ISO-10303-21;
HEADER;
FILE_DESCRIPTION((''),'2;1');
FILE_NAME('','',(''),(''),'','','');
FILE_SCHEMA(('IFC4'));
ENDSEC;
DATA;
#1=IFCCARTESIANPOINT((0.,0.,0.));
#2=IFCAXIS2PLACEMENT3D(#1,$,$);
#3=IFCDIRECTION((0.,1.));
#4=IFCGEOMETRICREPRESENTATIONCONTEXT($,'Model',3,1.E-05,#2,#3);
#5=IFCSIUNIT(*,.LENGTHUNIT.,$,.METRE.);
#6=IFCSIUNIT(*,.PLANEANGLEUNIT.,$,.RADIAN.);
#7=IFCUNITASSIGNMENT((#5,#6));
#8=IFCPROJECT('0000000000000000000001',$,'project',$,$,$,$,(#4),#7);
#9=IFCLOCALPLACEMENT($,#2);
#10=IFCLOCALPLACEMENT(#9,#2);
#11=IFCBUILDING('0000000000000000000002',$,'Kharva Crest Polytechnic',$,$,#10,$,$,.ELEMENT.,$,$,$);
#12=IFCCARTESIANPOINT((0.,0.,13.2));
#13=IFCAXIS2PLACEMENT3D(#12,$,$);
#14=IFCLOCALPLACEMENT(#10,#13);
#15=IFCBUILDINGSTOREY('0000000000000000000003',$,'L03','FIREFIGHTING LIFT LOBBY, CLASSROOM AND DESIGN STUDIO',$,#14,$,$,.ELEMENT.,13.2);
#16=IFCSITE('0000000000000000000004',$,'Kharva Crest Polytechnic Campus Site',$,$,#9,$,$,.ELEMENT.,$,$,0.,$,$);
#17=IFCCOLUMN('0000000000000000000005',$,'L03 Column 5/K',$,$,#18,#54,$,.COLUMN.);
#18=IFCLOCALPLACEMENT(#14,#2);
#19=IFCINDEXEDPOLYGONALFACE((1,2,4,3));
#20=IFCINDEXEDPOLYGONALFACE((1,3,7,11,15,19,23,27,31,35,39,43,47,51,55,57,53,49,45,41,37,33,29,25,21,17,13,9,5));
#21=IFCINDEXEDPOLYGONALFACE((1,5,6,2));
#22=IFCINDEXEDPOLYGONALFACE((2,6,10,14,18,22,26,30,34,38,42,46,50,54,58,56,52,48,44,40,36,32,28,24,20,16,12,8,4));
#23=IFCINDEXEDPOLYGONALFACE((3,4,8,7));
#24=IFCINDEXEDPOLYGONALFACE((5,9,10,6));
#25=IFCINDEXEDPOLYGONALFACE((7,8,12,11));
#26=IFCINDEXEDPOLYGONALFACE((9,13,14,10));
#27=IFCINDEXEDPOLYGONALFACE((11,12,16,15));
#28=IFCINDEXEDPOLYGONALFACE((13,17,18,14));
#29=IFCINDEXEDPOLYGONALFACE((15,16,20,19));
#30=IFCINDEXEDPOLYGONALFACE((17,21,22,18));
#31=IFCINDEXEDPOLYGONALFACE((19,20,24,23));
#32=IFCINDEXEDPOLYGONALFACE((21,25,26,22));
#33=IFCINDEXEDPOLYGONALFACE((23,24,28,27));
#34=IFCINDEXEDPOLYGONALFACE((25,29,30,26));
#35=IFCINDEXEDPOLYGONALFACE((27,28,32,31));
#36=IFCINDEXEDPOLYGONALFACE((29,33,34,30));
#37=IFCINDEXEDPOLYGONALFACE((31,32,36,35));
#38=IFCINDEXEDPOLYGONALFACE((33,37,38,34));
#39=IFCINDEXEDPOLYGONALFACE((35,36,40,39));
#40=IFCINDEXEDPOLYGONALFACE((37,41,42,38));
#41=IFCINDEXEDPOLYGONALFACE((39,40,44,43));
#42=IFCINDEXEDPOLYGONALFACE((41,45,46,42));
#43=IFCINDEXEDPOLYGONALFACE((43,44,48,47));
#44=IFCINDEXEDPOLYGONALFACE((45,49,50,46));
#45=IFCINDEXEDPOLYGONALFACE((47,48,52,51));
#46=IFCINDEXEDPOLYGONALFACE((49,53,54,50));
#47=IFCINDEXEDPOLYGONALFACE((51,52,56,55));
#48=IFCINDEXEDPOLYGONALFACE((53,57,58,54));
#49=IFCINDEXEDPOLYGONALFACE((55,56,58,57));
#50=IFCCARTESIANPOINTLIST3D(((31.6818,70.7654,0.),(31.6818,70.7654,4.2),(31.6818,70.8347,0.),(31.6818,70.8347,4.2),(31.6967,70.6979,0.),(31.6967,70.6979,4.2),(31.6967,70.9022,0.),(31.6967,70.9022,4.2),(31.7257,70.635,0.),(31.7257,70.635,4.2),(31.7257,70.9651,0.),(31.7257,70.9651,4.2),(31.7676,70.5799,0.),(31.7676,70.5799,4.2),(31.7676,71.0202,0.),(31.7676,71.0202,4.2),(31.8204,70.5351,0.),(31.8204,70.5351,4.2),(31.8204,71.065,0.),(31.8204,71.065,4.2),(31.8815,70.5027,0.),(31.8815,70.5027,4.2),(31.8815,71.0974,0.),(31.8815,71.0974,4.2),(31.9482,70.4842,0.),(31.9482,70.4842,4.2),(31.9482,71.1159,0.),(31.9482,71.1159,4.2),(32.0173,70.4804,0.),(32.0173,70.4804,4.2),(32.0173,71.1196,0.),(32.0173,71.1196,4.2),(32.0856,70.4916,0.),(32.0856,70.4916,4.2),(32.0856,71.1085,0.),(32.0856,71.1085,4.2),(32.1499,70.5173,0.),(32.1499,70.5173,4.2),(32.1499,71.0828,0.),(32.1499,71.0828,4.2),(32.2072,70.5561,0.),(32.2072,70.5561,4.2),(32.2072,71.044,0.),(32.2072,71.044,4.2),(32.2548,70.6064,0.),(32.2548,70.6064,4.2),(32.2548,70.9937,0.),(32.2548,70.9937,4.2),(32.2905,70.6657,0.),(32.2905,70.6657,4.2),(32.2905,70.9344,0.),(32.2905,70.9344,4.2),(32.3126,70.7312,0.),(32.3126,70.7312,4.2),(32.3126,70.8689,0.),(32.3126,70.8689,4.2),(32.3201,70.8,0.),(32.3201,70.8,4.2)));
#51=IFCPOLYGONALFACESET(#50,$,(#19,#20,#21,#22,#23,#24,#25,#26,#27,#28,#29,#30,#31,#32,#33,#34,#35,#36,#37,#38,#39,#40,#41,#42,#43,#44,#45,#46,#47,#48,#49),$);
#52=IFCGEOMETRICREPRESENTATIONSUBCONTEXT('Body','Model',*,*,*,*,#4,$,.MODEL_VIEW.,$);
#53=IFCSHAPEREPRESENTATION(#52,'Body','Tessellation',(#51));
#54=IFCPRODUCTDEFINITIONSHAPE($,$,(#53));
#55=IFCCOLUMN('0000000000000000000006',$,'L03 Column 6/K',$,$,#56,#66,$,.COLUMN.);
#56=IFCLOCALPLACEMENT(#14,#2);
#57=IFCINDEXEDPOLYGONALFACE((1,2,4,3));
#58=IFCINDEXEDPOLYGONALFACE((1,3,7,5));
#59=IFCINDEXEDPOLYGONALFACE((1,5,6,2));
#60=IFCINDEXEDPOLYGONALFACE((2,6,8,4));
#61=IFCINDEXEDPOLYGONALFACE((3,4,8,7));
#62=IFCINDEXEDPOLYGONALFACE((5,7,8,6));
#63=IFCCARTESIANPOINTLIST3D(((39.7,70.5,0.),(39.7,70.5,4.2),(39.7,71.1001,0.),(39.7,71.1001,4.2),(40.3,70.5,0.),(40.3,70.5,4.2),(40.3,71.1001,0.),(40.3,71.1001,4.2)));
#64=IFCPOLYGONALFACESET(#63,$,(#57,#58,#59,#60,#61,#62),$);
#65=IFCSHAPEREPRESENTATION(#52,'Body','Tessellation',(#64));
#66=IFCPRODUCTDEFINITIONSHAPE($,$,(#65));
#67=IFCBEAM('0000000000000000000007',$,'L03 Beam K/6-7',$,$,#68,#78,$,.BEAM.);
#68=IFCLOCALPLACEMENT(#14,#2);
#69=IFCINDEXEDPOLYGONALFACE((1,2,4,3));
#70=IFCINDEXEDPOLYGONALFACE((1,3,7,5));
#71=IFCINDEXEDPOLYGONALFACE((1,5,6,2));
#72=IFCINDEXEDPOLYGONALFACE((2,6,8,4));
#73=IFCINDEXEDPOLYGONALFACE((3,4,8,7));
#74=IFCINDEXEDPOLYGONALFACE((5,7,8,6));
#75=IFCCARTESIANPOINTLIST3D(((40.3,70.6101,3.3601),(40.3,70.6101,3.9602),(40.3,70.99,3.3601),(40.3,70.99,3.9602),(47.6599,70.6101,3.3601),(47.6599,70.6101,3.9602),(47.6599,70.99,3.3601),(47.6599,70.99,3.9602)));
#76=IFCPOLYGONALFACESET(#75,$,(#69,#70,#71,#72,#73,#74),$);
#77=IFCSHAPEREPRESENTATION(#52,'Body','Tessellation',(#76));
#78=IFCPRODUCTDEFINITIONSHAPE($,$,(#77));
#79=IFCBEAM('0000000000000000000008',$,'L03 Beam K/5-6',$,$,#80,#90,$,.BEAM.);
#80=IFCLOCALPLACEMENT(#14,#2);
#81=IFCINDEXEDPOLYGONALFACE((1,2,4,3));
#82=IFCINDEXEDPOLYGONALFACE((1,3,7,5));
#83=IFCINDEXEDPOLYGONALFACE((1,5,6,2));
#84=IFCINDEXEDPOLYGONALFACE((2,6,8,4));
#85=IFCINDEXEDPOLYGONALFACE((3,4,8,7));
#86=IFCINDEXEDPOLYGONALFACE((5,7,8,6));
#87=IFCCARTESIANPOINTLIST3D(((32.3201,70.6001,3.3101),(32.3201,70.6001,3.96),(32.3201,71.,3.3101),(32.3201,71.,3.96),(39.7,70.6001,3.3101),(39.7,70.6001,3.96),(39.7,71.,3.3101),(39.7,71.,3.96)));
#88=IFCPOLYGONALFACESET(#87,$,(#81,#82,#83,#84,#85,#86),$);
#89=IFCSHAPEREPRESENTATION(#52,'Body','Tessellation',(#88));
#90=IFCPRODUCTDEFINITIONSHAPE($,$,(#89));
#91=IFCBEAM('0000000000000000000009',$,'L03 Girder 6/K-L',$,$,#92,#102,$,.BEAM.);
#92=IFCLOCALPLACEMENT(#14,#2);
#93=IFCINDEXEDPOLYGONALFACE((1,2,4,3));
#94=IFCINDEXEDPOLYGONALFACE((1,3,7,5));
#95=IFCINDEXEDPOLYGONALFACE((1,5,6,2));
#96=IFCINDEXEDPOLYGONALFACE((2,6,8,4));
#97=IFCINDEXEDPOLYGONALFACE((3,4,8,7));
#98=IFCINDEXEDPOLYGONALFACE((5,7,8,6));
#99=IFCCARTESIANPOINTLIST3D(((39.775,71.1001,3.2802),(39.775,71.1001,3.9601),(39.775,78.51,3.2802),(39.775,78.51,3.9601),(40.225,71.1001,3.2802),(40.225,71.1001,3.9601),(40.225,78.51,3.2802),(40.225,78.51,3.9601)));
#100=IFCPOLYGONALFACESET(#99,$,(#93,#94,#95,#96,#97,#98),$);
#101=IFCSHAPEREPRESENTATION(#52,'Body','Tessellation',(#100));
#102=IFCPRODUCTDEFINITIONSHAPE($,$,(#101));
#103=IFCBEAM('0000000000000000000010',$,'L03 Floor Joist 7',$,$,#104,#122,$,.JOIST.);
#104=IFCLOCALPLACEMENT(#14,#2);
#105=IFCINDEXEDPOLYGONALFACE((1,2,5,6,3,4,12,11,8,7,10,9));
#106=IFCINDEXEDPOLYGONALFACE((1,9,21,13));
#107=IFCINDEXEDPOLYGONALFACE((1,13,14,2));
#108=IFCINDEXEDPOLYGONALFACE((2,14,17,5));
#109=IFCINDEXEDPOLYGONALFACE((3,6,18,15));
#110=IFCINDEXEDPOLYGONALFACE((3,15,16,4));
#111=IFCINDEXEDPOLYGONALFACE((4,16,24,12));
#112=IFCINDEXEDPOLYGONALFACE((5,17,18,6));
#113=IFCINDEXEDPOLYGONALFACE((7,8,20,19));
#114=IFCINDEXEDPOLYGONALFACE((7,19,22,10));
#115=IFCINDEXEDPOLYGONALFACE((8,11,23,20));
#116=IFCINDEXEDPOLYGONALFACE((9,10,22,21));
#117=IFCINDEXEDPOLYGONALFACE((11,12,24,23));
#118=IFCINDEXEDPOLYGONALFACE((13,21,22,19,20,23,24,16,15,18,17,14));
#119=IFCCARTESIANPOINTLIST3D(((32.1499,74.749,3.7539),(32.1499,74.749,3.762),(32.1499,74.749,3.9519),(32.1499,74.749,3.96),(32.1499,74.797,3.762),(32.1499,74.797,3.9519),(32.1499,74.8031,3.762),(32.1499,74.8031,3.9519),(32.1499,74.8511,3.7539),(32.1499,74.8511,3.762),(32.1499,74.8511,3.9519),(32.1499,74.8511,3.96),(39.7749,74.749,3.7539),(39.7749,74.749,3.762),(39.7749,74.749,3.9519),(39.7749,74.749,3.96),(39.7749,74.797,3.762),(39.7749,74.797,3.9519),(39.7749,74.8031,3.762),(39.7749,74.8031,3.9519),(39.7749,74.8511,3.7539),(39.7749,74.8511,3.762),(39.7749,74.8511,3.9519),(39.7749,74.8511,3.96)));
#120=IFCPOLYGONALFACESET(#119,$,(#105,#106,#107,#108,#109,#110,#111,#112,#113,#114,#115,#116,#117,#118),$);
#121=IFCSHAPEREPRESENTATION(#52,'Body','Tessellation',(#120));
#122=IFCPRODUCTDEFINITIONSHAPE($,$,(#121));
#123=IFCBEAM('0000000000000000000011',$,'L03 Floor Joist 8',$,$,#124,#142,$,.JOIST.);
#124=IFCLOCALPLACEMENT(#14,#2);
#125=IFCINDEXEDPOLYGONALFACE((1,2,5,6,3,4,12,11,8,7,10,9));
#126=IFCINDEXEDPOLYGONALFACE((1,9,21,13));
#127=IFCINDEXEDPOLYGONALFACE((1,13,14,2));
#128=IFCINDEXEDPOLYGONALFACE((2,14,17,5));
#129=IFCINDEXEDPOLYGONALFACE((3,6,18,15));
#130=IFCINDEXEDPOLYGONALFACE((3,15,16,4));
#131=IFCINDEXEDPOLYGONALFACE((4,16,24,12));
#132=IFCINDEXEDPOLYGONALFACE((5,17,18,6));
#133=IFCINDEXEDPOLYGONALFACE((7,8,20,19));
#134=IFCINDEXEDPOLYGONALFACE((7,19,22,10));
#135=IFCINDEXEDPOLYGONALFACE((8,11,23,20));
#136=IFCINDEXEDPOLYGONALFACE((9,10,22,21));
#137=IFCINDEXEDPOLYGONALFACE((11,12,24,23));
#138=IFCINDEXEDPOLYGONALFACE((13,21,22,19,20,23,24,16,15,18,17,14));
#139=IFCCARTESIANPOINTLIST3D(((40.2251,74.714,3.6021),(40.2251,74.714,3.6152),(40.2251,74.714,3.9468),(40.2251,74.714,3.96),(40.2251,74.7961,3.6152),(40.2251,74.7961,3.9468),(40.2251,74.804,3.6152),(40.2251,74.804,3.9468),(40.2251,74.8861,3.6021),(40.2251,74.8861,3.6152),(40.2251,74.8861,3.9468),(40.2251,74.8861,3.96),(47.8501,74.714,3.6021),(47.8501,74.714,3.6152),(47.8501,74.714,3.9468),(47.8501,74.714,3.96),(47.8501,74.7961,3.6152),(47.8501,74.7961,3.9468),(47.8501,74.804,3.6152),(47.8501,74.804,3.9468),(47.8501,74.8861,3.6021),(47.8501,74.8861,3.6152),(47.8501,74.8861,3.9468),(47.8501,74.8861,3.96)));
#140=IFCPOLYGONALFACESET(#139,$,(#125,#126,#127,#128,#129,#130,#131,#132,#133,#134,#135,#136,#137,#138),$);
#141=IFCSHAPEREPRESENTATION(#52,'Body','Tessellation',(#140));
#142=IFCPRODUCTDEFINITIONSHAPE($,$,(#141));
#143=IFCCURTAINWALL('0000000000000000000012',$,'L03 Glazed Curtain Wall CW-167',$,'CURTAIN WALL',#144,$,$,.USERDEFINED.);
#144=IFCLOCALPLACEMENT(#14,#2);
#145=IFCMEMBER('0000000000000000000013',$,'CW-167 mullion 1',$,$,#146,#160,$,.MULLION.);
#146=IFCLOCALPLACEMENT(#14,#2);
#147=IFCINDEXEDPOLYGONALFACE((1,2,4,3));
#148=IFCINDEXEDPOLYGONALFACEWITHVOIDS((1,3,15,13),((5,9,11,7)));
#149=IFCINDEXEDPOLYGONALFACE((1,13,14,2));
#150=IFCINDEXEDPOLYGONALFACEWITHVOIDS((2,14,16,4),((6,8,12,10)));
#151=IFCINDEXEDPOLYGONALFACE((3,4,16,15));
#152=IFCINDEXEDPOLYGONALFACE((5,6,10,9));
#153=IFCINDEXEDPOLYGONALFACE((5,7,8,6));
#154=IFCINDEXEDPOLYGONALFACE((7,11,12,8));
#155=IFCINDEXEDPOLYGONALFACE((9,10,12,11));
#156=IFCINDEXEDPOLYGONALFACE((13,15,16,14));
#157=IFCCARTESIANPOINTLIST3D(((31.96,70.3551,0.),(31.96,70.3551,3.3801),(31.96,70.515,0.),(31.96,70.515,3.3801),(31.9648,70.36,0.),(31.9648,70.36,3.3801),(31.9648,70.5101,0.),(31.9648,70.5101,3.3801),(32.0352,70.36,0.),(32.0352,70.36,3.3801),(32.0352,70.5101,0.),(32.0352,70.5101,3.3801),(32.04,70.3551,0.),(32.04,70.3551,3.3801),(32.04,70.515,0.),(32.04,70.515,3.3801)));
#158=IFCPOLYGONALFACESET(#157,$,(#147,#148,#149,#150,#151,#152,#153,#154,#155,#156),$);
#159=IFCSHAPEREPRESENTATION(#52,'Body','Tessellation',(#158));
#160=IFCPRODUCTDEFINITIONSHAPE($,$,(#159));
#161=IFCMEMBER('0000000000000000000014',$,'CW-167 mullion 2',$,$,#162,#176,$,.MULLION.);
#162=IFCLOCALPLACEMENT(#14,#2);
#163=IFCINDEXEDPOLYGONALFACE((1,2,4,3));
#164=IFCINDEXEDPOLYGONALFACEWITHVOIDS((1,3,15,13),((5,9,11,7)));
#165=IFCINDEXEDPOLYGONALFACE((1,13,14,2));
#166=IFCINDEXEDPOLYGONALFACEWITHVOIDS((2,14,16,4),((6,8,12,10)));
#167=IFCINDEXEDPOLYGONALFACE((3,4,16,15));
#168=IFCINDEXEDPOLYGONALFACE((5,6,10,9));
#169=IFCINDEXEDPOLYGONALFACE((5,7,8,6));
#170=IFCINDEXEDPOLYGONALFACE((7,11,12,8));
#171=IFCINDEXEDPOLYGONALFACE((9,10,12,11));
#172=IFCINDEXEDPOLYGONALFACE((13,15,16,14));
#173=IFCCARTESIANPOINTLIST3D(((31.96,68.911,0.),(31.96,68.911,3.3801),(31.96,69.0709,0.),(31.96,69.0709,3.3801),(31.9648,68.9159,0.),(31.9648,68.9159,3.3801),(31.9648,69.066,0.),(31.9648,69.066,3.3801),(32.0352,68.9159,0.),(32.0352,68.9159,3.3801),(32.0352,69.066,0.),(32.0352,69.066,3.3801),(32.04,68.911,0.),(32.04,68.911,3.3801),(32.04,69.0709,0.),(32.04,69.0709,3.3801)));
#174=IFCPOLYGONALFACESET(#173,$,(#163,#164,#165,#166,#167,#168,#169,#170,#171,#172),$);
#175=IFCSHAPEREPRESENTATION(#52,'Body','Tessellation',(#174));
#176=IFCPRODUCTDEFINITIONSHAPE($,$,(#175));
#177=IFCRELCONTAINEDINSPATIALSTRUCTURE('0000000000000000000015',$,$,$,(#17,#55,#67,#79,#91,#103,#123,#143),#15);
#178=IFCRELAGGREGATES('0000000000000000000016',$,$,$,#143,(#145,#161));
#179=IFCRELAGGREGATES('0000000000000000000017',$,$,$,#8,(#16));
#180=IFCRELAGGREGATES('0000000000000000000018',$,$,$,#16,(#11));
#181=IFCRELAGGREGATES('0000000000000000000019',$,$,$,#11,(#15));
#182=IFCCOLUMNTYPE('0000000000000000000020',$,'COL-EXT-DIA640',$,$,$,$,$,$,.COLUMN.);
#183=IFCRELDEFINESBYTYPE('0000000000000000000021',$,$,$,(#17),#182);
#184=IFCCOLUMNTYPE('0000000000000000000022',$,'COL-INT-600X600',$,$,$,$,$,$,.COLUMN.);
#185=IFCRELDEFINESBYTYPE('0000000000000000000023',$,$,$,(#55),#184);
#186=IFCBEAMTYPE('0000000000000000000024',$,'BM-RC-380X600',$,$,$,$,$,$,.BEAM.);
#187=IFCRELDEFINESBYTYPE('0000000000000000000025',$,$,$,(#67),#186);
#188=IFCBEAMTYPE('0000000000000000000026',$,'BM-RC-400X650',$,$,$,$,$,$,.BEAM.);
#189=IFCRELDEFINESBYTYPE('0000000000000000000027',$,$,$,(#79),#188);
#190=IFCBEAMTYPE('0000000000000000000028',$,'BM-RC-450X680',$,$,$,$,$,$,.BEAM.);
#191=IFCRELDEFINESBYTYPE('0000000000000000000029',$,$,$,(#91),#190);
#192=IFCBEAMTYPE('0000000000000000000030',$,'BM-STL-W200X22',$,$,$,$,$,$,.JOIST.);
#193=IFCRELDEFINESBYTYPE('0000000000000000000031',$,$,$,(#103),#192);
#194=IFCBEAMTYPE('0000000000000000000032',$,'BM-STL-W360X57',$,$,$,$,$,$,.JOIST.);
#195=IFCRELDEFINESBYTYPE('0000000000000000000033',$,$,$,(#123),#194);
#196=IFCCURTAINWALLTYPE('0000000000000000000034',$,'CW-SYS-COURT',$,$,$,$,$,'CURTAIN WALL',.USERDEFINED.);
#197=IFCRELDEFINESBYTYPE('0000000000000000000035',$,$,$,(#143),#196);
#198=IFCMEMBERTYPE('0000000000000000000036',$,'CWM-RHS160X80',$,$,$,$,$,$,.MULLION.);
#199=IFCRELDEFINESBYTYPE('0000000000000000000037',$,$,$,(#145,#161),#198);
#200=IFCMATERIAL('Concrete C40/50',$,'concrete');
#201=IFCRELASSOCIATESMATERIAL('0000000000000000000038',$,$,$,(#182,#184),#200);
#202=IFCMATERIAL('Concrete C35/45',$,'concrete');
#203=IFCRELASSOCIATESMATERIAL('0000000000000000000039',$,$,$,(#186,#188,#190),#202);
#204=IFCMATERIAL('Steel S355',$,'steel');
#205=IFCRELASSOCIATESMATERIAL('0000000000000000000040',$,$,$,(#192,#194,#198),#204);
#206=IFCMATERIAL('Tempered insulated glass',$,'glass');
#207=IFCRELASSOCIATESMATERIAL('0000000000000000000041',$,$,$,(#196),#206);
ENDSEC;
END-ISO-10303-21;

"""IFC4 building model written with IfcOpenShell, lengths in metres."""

from ifc_helpers import new_model, si_unit, direction, frame, origin, origin_2d, place, context, subcontext, project, spatial, rectangle, hollow_rectangle, circle, i_section, extrude, material, material_profile, profile_set, type_object, element, aggregate, save


model = new_model("IFC4")

# Units and contexts
model_context = context("Model", 3, precision=1e-05, world=origin(), true_north=direction((0.0, 1.0)))
body_context = subcontext(model_context, "Body", "Model", "MODEL_VIEW")
ifc_project = project(units=[si_unit("LENGTHUNIT", "METRE"), si_unit("PLANEANGLEUNIT", "RADIAN")], contexts=[model_context])

# Site, building, storey
site_placement = place(None, origin())
site = spatial("IfcSite", under=ifc_project, at=site_placement, Name="Kharva Crest Polytechnic Campus Site", CompositionType="ELEMENT", RefElevation=0.0)
building_placement = place(site_placement, origin())
building = spatial("IfcBuilding", under=site, at=building_placement, Name="Kharva Crest Polytechnic", CompositionType="ELEMENT")
storey_placement = place(building_placement, frame((0.0, 0.0, 13.2)))
storey = spatial("IfcBuildingStorey", under=building, at=storey_placement, Name="L03", Description="FIREFIGHTING LIFT LOBBY, CLASSROOM AND DESIGN STUDIO", CompositionType="ELEMENT", Elevation=13.2)

# Columns
ifc_material_1 = material(Name="Concrete C40/50", Category="concrete")
ifc_material_profile_1 = material_profile(ifc_material_1, circle(Radius=0.3201, at=origin_2d()), Name="DIA 640")
ifc_profile_set_1 = profile_set([ifc_material_profile_1], Name="Concrete C40/50")
column_type_1 = type_object("IfcColumnType", Name="COL-EXT-DIA640", PredefinedType="COLUMN", material=ifc_profile_set_1)
column_1_placement = place(storey_placement, frame((32.0, 70.8, 0.0), z_axis=(0.0, 0.0, 1.0), x_axis=(1.0, 0.0, 0.0)))
element("IfcColumn", 1, at=column_1_placement, inside=storey, type_object=column_type_1, Name="L03 Column 5/K", PredefinedType="COLUMN", context=body_context, shape_type="SweptSolid", body=[
    extrude(circle(Radius=0.3201, at=origin_2d()), origin(), (0.0, 0.0, 1.0), 4.2),
])
ifc_material_profile_2 = material_profile(ifc_material_1, rectangle(XDim=0.6001, YDim=0.6001, at=origin_2d()), Name="RECT 600 X 600")
ifc_profile_set_2 = profile_set([ifc_material_profile_2], Name="Concrete C40/50")
column_type_2 = type_object("IfcColumnType", Name="COL-INT-600X600", PredefinedType="COLUMN", material=ifc_profile_set_2)
column_2_placement = place(storey_placement, frame((40.0, 70.8, 0.0), z_axis=(0.0, 0.0, 1.0), x_axis=(1.0, 0.0, 0.0)))
element("IfcColumn", 2, at=column_2_placement, inside=storey, type_object=column_type_2, Name="L03 Column 6/K", PredefinedType="COLUMN", context=body_context, shape_type="SweptSolid", body=[
    extrude(rectangle(XDim=0.6001, YDim=0.6001, at=origin_2d()), origin(), (0.0, 0.0, 1.0), 4.2),
])

# Beams
ifc_material_2 = material(Name="Concrete C35/45", Category="concrete")
ifc_material_profile_3 = material_profile(ifc_material_2, rectangle(XDim=0.3799, YDim=0.6001, at=origin_2d()), Name="RECT 380 X 600")
ifc_profile_set_3 = profile_set([ifc_material_profile_3], Name="Concrete C35/45")
beam_type_1 = type_object("IfcBeamType", Name="BM-RC-380X600", PredefinedType="BEAM", material=ifc_profile_set_3)
beam_1_placement = place(storey_placement, frame((40.3, 70.8, 3.6602), z_axis=(1.0, 0.0, 0.0), x_axis=(0.0, 1.0, 0.0)))
element("IfcBeam", 3, at=beam_1_placement, inside=storey, type_object=beam_type_1, Name="L03 Beam K/6-7", PredefinedType="BEAM", context=body_context, shape_type="SweptSolid", body=[
    extrude(rectangle(XDim=0.3799, YDim=0.6001, at=origin_2d()), origin(), (0.0, 0.0, 1.0), 7.3599),
])
ifc_material_profile_4 = material_profile(ifc_material_2, rectangle(XDim=0.3999, YDim=0.6499, at=origin_2d()), Name="RECT 400 X 650")
ifc_profile_set_4 = profile_set([ifc_material_profile_4], Name="Concrete C35/45")
beam_type_2 = type_object("IfcBeamType", Name="BM-RC-400X650", PredefinedType="BEAM", material=ifc_profile_set_4)
beam_2_placement = place(storey_placement, frame((32.3201, 70.8, 3.635), z_axis=(1.0, 0.0, 0.0), x_axis=(0.0, 1.0, 0.0)))
element("IfcBeam", 4, at=beam_2_placement, inside=storey, type_object=beam_type_2, Name="L03 Beam K/5-6", PredefinedType="BEAM", context=body_context, shape_type="SweptSolid", body=[
    extrude(rectangle(XDim=0.3999, YDim=0.6499, at=origin_2d()), origin(), (0.0, 0.0, 1.0), 7.3799),
])
ifc_material_profile_5 = material_profile(ifc_material_2, rectangle(XDim=0.45, YDim=0.6799, at=origin_2d()), Name="RECT 450 X 680")
ifc_profile_set_5 = profile_set([ifc_material_profile_5], Name="Concrete C35/45")
beam_type_3 = type_object("IfcBeamType", Name="BM-RC-450X680", PredefinedType="BEAM", material=ifc_profile_set_5)
beam_3_placement = place(storey_placement, frame((40.0, 71.1001, 3.6201), z_axis=(0.0, 1.0, 0.0), x_axis=(-1.0, 0.0, 0.0)))
element("IfcBeam", 5, at=beam_3_placement, inside=storey, type_object=beam_type_3, Name="L03 Girder 6/K-L", PredefinedType="BEAM", context=body_context, shape_type="SweptSolid", body=[
    extrude(rectangle(XDim=0.45, YDim=0.6799, at=origin_2d()), origin(), (0.0, 0.0, 1.0), 7.4099),
])
ifc_material_3 = material(Name="Steel S355", Category="steel")
ifc_material_profile_6 = material_profile(ifc_material_3, i_section(OverallWidth=0.1021, OverallDepth=0.2061, WebThickness=0.0061, FlangeThickness=0.0081, at=origin_2d()), Name="W200X22.5")
ifc_profile_set_6 = profile_set([ifc_material_profile_6], Name="Steel S355")
beam_type_4 = type_object("IfcBeamType", Name="BM-STL-W200X22", PredefinedType="JOIST", material=ifc_profile_set_6)
beam_4_placement = place(storey_placement, frame((32.1499, 74.8, 3.8569), z_axis=(1.0, 0.0, 0.0), x_axis=(0.0, 1.0, 0.0)))
element("IfcBeam", 6, at=beam_4_placement, inside=storey, type_object=beam_type_4, Name="L03 Floor Joist 7", PredefinedType="JOIST", context=body_context, shape_type="SweptSolid", body=[
    extrude(i_section(OverallWidth=0.1021, OverallDepth=0.2061, WebThickness=0.0061, FlangeThickness=0.0081, at=origin_2d()), origin(), (0.0, 0.0, 1.0), 7.625),
])
ifc_material_profile_7 = material_profile(ifc_material_3, i_section(OverallWidth=0.1721, OverallDepth=0.3579, WebThickness=0.0078, FlangeThickness=0.0132, at=origin_2d()), Name="W360X57.8")
ifc_profile_set_7 = profile_set([ifc_material_profile_7], Name="Steel S355")
beam_type_5 = type_object("IfcBeamType", Name="BM-STL-W360X57", PredefinedType="JOIST", material=ifc_profile_set_7)
beam_5_placement = place(storey_placement, frame((40.2251, 74.8, 3.781), z_axis=(1.0, 0.0, 0.0), x_axis=(0.0, 1.0, 0.0)))
element("IfcBeam", 7, at=beam_5_placement, inside=storey, type_object=beam_type_5, Name="L03 Floor Joist 8", PredefinedType="JOIST", context=body_context, shape_type="SweptSolid", body=[
    extrude(i_section(OverallWidth=0.1721, OverallDepth=0.3579, WebThickness=0.0078, FlangeThickness=0.0132, at=origin_2d()), origin(), (0.0, 0.0, 1.0), 7.625),
])

# Curtain wall, members
ifc_material_4 = material(Name="Tempered insulated glass", Category="glass")
curtain_wall_type = type_object("IfcCurtainWallType", Name="CW-SYS-COURT", ElementType="CURTAIN WALL", PredefinedType="USERDEFINED", material=ifc_material_4)
curtain_wall_placement = place(storey_placement, origin())
curtain_wall = element("IfcCurtainWall", 8, at=curtain_wall_placement, inside=storey, type_object=curtain_wall_type, Name="L03 Glazed Curtain Wall CW-167", ObjectType="CURTAIN WALL", PredefinedType="USERDEFINED")
ifc_material_profile_8 = material_profile(ifc_material_3, hollow_rectangle(XDim=0.0801, YDim=0.1599, WallThickness=0.0049, at=origin_2d()), Name="RHS 160X80X5.0")
ifc_profile_set_8 = profile_set([ifc_material_profile_8], Name="Steel S355")
member_type_1 = type_object("IfcMemberType", Name="CWM-RHS160X80", PredefinedType="MULLION", material=ifc_profile_set_8)
member_1_placement = place(storey_placement, frame((32.0, 70.4351, 0.0), z_axis=(0.0, 0.0, 1.0), x_axis=(1.0, 0.0, 0.0)))
member_1 = element("IfcMember", 9, at=member_1_placement, type_object=member_type_1, Name="CW-167 mullion 1", PredefinedType="MULLION", context=body_context, shape_type="SweptSolid", body=[
    extrude(hollow_rectangle(XDim=0.0801, YDim=0.1599, WallThickness=0.0049, at=origin_2d()), origin(), (0.0, 0.0, 1.0), 3.3801),
])
member_2_placement = place(storey_placement, frame((32.0, 68.991, 0.0), z_axis=(0.0, 0.0, 1.0), x_axis=(1.0, 0.0, 0.0)))
member_2 = element("IfcMember", 10, at=member_2_placement, type_object=member_type_1, Name="CW-167 mullion 2", PredefinedType="MULLION", context=body_context, shape_type="SweptSolid", body=[
    extrude(hollow_rectangle(XDim=0.0801, YDim=0.1599, WallThickness=0.0049, at=origin_2d()), origin(), (0.0, 0.0, 1.0), 3.3801),
])

aggregate(curtain_wall, [member_1, member_2])

save(model, "model.ifc")
